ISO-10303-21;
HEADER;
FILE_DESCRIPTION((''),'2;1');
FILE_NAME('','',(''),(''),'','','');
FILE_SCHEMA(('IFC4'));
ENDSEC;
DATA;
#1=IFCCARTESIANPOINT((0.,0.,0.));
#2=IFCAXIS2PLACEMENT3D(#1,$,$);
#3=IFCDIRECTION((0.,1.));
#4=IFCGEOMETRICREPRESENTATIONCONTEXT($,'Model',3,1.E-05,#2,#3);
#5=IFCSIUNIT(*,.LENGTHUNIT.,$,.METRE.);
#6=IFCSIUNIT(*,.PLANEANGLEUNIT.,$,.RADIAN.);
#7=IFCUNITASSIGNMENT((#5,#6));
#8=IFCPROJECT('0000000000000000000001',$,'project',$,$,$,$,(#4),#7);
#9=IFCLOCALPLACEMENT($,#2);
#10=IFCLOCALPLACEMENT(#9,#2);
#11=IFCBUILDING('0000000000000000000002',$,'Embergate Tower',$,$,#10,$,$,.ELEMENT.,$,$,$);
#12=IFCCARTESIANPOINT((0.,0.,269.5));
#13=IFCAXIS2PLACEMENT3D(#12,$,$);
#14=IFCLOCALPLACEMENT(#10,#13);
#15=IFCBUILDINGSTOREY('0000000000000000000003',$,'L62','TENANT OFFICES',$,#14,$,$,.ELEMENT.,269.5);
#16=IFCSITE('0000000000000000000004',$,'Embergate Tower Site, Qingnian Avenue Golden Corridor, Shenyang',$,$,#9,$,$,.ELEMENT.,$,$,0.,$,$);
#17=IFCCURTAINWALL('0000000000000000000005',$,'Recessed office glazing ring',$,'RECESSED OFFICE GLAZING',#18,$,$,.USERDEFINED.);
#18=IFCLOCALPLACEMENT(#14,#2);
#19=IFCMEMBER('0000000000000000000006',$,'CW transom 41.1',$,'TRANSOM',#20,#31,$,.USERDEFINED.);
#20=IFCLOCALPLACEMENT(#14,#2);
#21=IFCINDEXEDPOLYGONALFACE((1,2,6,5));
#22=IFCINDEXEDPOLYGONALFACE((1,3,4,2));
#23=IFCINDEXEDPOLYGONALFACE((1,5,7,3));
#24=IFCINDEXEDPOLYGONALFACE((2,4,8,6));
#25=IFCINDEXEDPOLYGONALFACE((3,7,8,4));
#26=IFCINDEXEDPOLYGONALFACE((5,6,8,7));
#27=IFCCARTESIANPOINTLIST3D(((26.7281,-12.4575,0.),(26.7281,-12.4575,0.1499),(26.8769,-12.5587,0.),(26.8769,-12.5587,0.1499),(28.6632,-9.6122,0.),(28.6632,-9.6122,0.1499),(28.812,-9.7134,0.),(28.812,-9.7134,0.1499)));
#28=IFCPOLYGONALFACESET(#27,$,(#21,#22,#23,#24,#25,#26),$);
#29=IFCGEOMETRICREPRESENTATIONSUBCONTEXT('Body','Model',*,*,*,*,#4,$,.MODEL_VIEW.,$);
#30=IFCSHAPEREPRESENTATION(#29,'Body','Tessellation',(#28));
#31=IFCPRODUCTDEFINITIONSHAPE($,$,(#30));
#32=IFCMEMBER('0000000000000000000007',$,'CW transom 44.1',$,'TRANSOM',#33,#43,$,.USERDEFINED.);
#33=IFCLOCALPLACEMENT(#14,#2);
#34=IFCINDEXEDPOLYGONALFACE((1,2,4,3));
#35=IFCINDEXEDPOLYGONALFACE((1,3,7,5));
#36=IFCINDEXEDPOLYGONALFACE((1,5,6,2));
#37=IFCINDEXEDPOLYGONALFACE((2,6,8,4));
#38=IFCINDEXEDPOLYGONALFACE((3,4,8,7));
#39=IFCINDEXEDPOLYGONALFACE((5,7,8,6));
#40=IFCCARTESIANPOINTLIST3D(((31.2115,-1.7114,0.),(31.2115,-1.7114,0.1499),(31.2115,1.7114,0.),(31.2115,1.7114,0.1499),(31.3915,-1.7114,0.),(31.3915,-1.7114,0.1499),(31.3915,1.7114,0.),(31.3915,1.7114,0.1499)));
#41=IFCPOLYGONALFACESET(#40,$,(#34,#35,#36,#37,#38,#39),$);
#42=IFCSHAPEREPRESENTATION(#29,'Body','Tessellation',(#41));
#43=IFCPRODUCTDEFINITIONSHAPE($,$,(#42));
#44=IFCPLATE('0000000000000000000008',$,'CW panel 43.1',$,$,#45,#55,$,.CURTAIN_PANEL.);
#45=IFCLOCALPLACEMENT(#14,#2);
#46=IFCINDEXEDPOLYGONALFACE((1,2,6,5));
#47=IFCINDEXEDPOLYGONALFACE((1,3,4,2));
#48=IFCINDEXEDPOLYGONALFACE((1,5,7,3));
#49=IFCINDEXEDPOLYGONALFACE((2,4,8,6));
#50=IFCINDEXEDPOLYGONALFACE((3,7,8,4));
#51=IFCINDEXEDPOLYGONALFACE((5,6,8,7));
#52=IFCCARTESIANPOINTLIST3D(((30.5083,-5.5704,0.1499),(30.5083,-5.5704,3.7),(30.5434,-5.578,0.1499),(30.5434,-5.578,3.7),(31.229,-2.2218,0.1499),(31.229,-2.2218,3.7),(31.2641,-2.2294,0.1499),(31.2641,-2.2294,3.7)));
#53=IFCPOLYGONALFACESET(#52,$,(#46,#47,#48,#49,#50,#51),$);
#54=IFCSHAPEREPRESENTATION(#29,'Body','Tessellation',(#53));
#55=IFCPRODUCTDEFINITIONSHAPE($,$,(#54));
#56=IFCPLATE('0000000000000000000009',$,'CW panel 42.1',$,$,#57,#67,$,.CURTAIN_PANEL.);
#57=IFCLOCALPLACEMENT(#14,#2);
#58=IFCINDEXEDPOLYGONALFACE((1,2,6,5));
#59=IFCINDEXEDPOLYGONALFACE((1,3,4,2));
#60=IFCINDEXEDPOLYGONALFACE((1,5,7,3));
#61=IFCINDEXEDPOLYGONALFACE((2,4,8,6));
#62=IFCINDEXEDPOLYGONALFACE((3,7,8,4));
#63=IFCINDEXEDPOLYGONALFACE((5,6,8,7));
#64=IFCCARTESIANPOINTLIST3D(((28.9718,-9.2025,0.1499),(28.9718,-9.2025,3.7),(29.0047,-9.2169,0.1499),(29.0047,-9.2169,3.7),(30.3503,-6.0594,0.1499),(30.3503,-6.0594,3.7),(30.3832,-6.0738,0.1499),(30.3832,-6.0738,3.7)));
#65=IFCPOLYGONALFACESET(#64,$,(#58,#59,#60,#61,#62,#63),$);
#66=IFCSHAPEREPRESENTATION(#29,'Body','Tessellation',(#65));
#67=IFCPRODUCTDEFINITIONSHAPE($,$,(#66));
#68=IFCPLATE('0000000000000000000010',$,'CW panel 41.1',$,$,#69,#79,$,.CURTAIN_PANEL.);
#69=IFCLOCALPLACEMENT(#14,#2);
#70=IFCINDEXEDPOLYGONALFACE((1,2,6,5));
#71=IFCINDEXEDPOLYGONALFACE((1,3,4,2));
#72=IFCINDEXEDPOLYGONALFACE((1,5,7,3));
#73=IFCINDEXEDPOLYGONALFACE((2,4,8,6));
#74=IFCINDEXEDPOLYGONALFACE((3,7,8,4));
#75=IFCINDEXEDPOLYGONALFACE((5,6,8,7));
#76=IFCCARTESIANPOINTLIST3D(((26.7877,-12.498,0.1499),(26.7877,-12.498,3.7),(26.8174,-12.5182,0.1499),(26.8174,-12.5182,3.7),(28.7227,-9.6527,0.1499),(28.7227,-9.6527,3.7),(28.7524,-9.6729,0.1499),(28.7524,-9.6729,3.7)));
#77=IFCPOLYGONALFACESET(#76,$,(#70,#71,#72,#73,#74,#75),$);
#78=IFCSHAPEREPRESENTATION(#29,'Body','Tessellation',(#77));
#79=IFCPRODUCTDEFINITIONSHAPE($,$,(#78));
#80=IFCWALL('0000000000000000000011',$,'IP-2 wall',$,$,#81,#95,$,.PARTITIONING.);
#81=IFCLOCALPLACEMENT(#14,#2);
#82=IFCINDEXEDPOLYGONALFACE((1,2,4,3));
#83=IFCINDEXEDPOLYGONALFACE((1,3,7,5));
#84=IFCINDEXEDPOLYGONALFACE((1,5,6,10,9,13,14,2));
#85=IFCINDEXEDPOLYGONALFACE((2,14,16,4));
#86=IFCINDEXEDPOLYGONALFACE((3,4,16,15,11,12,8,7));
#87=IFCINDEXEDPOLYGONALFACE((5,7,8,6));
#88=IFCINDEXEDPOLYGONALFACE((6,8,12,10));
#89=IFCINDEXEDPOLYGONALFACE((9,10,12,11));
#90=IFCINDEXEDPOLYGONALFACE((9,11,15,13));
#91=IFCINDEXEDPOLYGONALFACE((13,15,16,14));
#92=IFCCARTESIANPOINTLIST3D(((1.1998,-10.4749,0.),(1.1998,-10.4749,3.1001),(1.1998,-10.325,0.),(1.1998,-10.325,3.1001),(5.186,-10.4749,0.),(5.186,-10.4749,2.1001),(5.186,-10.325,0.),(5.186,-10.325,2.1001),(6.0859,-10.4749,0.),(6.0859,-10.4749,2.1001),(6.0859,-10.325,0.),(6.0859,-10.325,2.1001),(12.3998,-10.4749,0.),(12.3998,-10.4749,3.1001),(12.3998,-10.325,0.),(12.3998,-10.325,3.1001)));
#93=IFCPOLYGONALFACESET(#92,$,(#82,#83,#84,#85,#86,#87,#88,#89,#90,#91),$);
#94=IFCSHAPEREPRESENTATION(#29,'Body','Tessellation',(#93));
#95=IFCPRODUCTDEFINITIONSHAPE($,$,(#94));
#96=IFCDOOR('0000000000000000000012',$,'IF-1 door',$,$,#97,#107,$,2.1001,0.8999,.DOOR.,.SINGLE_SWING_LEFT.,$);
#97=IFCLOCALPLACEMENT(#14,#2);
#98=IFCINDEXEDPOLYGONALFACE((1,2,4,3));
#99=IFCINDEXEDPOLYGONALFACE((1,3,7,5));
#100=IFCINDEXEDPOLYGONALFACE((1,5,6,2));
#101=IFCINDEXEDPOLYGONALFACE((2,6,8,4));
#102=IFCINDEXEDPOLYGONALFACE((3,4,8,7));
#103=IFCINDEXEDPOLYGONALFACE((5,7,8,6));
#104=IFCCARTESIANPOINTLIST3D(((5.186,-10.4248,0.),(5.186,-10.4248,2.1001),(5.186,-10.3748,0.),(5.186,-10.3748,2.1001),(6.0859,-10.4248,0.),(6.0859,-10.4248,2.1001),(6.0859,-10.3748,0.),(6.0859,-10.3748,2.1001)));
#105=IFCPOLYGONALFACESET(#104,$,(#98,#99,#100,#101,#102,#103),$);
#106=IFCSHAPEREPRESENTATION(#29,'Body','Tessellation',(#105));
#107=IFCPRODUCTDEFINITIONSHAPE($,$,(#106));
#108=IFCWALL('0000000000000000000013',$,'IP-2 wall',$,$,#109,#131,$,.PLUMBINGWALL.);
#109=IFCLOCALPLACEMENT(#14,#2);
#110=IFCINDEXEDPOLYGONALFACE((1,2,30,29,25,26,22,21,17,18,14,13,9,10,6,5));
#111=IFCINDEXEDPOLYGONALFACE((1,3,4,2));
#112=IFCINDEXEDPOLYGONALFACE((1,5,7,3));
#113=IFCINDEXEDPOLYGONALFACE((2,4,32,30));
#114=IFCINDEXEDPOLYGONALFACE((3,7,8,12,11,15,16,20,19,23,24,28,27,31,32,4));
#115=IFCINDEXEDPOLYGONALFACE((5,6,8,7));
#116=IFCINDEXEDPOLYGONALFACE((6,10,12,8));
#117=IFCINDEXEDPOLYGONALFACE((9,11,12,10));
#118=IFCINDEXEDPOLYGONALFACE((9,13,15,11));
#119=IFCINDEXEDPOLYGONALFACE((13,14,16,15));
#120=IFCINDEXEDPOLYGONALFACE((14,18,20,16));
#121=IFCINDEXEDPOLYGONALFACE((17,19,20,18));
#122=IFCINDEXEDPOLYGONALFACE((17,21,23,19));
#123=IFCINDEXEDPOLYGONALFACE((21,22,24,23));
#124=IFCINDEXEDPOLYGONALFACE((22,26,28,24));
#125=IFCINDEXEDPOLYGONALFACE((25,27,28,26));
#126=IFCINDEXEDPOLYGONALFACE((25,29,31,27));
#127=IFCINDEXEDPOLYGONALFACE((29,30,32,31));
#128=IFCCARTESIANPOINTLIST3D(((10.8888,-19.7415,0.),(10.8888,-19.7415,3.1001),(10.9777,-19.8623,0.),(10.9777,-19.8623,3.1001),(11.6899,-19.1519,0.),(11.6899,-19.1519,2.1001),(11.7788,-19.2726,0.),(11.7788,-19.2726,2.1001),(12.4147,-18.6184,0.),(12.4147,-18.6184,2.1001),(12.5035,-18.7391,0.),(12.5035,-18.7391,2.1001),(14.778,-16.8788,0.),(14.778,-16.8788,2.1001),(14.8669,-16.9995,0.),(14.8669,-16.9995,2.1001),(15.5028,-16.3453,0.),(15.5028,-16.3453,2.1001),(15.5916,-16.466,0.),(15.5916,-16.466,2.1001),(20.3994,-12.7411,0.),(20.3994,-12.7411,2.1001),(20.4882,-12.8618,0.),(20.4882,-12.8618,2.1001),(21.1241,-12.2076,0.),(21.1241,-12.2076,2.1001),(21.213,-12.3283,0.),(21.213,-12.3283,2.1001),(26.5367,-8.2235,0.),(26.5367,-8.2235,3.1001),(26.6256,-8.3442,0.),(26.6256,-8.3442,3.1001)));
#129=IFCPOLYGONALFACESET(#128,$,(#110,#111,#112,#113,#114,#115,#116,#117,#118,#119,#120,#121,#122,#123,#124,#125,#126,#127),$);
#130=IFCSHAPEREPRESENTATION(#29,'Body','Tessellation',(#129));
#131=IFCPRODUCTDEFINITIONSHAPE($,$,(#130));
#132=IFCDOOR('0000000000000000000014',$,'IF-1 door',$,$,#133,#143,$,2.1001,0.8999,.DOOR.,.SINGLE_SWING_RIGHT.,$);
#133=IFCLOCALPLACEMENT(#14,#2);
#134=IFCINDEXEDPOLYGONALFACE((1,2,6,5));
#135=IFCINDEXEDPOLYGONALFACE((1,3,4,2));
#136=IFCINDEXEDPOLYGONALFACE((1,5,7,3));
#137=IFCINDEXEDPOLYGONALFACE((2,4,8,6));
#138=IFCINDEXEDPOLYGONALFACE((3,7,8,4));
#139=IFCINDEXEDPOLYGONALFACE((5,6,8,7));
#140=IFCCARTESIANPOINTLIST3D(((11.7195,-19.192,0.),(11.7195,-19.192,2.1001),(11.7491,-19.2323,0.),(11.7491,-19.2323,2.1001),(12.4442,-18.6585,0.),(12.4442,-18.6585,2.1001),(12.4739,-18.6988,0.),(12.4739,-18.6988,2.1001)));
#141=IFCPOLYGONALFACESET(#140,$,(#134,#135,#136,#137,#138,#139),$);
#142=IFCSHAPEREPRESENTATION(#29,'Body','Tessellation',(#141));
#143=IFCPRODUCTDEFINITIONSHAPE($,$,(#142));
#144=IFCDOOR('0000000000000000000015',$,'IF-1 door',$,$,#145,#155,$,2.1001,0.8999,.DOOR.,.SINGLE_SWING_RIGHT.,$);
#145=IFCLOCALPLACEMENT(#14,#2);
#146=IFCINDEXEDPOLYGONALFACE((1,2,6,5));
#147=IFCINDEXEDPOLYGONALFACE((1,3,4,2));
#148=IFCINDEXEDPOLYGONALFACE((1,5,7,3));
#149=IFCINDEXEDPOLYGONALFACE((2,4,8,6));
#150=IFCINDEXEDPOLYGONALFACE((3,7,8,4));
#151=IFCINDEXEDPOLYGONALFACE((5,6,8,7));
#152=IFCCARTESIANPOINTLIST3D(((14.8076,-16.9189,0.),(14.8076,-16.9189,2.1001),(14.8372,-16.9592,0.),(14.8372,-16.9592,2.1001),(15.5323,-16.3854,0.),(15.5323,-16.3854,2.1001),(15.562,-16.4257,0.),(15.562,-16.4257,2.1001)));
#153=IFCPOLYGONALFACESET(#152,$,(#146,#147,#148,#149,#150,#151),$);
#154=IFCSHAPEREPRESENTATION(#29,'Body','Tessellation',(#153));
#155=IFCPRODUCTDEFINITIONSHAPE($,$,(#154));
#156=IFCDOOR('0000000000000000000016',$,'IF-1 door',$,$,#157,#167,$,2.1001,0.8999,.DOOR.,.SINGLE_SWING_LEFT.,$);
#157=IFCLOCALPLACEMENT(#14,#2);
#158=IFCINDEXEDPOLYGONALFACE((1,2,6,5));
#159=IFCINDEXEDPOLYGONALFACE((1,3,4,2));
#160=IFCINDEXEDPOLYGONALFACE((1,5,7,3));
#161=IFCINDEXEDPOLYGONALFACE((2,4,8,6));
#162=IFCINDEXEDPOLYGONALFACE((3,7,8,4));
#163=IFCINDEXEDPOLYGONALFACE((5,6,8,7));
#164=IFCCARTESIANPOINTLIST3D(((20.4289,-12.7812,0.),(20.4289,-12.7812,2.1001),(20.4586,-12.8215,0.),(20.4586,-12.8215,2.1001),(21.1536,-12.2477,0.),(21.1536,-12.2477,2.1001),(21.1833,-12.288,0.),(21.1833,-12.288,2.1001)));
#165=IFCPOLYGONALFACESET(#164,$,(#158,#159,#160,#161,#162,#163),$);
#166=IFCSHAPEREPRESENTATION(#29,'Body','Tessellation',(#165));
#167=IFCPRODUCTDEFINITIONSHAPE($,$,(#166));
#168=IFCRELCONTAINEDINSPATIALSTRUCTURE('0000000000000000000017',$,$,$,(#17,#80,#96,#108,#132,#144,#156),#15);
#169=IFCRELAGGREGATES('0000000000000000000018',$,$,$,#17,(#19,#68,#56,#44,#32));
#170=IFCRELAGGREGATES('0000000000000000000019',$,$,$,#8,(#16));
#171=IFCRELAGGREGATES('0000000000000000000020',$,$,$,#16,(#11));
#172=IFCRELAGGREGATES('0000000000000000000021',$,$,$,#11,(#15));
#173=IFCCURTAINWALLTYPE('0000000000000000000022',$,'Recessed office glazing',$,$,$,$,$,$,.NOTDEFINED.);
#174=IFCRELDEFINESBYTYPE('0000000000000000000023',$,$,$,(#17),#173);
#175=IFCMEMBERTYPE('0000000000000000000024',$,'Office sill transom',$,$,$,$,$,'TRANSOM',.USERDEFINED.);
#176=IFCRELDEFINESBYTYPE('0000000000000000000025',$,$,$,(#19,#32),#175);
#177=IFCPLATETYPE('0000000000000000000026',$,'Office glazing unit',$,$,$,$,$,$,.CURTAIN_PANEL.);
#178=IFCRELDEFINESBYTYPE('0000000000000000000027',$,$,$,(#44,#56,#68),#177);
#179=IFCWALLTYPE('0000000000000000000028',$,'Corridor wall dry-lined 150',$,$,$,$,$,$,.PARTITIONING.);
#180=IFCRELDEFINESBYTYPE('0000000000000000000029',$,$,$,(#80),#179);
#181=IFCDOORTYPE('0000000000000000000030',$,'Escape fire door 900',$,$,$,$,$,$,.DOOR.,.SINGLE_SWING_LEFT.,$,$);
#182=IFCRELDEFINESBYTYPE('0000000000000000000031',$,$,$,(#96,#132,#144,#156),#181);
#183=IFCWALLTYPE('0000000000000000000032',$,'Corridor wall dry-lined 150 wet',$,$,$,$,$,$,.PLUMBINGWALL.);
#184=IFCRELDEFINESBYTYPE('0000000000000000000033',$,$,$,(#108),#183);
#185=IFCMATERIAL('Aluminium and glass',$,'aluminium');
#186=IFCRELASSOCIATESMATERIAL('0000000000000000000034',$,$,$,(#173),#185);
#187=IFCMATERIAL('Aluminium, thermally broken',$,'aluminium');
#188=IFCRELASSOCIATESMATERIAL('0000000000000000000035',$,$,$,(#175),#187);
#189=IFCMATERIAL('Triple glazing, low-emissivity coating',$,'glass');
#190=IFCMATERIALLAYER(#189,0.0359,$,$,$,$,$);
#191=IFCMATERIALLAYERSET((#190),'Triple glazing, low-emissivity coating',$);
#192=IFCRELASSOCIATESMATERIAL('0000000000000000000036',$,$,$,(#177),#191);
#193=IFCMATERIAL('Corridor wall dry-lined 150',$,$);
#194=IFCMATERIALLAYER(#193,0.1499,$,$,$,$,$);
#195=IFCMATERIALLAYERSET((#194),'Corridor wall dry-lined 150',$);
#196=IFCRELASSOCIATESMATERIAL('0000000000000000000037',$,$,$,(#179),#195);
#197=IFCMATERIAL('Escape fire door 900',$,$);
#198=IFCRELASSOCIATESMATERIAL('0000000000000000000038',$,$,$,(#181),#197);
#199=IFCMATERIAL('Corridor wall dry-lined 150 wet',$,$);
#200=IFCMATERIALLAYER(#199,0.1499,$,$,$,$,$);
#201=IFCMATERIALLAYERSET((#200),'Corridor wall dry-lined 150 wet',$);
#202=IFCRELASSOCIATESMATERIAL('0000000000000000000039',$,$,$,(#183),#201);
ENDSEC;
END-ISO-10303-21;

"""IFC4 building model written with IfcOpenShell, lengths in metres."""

from ifc_helpers import new_model, si_unit, direction, frame, frame_2d, origin, origin_2d, place, context, subcontext, project, spatial, rectangle, extrude, source, transform, mapped, material, layer, layer_set, material_profile, profile_set, type_object, element, fill, aggregate, save


model = new_model("IFC4")

# Units and contexts
model_context = context("Model", 3, precision=1e-05, world=origin(), true_north=direction((0.0, 1.0)))
body_context = subcontext(model_context, "Body", "Model", "MODEL_VIEW")
ifc_project = project(units=[si_unit("LENGTHUNIT", "METRE"), si_unit("PLANEANGLEUNIT", "RADIAN")], contexts=[model_context])

# Site, building, storey
site_placement = place(None, origin())
site = spatial("IfcSite", under=ifc_project, at=site_placement, Name="Embergate Tower Site, Qingnian Avenue Golden Corridor, Shenyang", CompositionType="ELEMENT", RefElevation=0.0)
building_placement = place(site_placement, origin())
building = spatial("IfcBuilding", under=site, at=building_placement, Name="Embergate Tower", CompositionType="ELEMENT")
storey_placement = place(building_placement, frame((0.0, 0.0, 269.5)))
storey = spatial("IfcBuildingStorey", under=building, at=storey_placement, Name="L62", Description="TENANT OFFICES", CompositionType="ELEMENT", Elevation=269.5)

# Curtain wall, members, plates
ifc_material_1 = material(Name="Aluminium and glass", Category="aluminium")
curtain_wall_type = type_object("IfcCurtainWallType", Name="Recessed office glazing", PredefinedType="NOTDEFINED", material=ifc_material_1)
curtain_wall_placement = place(storey_placement, origin())
curtain_wall = element("IfcCurtainWall", 1, at=curtain_wall_placement, inside=storey, type_object=curtain_wall_type, Name="Recessed office glazing ring", ObjectType="RECESSED OFFICE GLAZING", PredefinedType="USERDEFINED")
ifc_material_2 = material(Name="Aluminium, thermally broken", Category="aluminium")
ifc_material_profile_1 = material_profile(ifc_material_2, rectangle(XDim=0.1799, YDim=0.1499, at=origin_2d()), Name="AL 150x180")
ifc_profile_set_1 = profile_set([ifc_material_profile_1], Name="Aluminium, thermally broken")
member_type_1 = type_object("IfcMemberType", Name="Office sill transom", ElementType="TRANSOM", PredefinedType="USERDEFINED", material=ifc_profile_set_1)
shared_shape_1 = source(origin(), body_context, "Body", "SweptSolid", [
    extrude(rectangle(XDim=0.1799, YDim=0.1499, at=origin_2d()), origin(), (0.0, 0.0, 1.0), 3.4409),
])
member_1_placement = place(storey_placement, frame((26.8025, -12.5081, 0.075), z_axis=(0.562372, 0.826884, 0.0), x_axis=(-0.826884, 0.562372, 0.0)))
member_1 = element("IfcMember", 2, at=member_1_placement, type_object=member_type_1, Name="CW transom 41.1", ObjectType="TRANSOM", PredefinedType="USERDEFINED", context=body_context, shape_type="MappedRepresentation", body=[
    mapped(shared_shape_1, transform((0.0, 0.0, 0.0))),
])
shared_shape_2 = source(origin(), body_context, "Body", "SweptSolid", [
    extrude(rectangle(XDim=0.1799, YDim=0.1499, at=origin_2d()), origin(), (0.0, 0.0, 1.0), 3.4229),
])
member_2_placement = place(storey_placement, frame((31.3015, -1.7114, 0.075), z_axis=(0.0, 1.0, 0.0), x_axis=(-1.0, 0.0, 0.0)))
member_2 = element("IfcMember", 3, at=member_2_placement, type_object=member_type_1, Name="CW transom 44.1", ObjectType="TRANSOM", PredefinedType="USERDEFINED", context=body_context, shape_type="MappedRepresentation", body=[
    mapped(shared_shape_2, transform((0.0, 0.0, 0.0))),
])
ifc_material_3 = material(Name="Triple glazing, low-emissivity coating", Category="glass")
ifc_layer_1 = layer(ifc_material_3, 0.0359)
ifc_layer_set_1 = layer_set([ifc_layer_1], Name="Triple glazing, low-emissivity coating")
plate_type = type_object("IfcPlateType", Name="Office glazing unit", PredefinedType="CURTAIN_PANEL", material=ifc_layer_set_1)
shared_shape_3 = source(origin(), body_context, "Body", "SweptSolid", [
    extrude(rectangle(XDim=3.4253, YDim=0.0359, at=origin_2d()), origin(), (0.0, 0.0, 1.0), 3.55),
])
plate_1_placement = place(storey_placement, frame((30.8862, -3.8999, 0.1499), z_axis=(0.0, 0.0, 1.0), x_axis=(0.210402, 0.977615, 0.0)))
plate_1 = element("IfcPlate", 4, at=plate_1_placement, type_object=plate_type, Name="CW panel 43.1", PredefinedType="CURTAIN_PANEL", context=body_context, shape_type="MappedRepresentation", body=[
    mapped(shared_shape_3, transform((0.0, 0.0, 0.0))),
])
shared_shape_4 = source(origin(), body_context, "Body", "SweptSolid", [
    extrude(rectangle(XDim=3.4321, YDim=0.0359, at=origin_2d()), origin(), (0.0, 0.0, 1.0), 3.55),
])
plate_2_placement = place(storey_placement, frame((29.6775, -7.6382, 0.1499), z_axis=(0.0, 0.0, 1.0), x_axis=(0.401658, 0.91579, 0.0)))
plate_2 = element("IfcPlate", 5, at=plate_2_placement, type_object=plate_type, Name="CW panel 42.1", PredefinedType="CURTAIN_PANEL", context=body_context, shape_type="MappedRepresentation", body=[
    mapped(shared_shape_4, transform((0.0, 0.0, 0.0))),
])
shared_shape_5 = source(origin(), body_context, "Body", "SweptSolid", [
    extrude(rectangle(XDim=3.4409, YDim=0.0359, at=origin_2d()), origin(), (0.0, 0.0, 1.0), 3.55),
])
plate_3_placement = place(storey_placement, frame((27.77, -11.0854, 0.1499), z_axis=(0.0, 0.0, 1.0), x_axis=(0.562349, 0.8269, 0.0)))
plate_3 = element("IfcPlate", 6, at=plate_3_placement, type_object=plate_type, Name="CW panel 41.1", PredefinedType="CURTAIN_PANEL", context=body_context, shape_type="MappedRepresentation", body=[
    mapped(shared_shape_5, transform((0.0, 0.0, 0.0))),
])
aggregate(curtain_wall, [member_1, plate_3, plate_2, plate_1, member_2])

# Wall, opening, door
ifc_material_4 = material(Name="Corridor wall dry-lined 150")
ifc_layer_2 = layer(ifc_material_4, 0.1499)
ifc_layer_set_2 = layer_set([ifc_layer_2], Name="Corridor wall dry-lined 150")
wall_type_1 = type_object("IfcWallType", Name="Corridor wall dry-lined 150", PredefinedType="PARTITIONING", material=ifc_layer_set_2)
shared_shape_6 = source(origin(), body_context, "Body", "SweptSolid", [
    extrude(rectangle(XDim=11.2, YDim=0.1499, at=frame_2d((5.6001, 0.0))), origin(), (0.0, 0.0, 1.0), 3.1001),
])
wall_1_placement = place(storey_placement, frame((12.3999, -10.3999, 0.0), z_axis=(0.0, 0.0, 1.0), x_axis=(-1.0, 0.0, 0.0)))
wall_1 = element("IfcWall", 7, at=wall_1_placement, inside=storey, type_object=wall_type_1, Name="IP-2 wall", PredefinedType="PARTITIONING", context=body_context, shape_type="MappedRepresentation", body=[
    mapped(shared_shape_6, transform((0.0, 0.0, 0.0))),
])
shared_shape_7 = source(origin(), body_context, "Body", "SweptSolid", [
    extrude(rectangle(XDim=0.8999, YDim=2.1001, at=frame_2d((0.45, 1.05))), frame((0.0, 0.085, 0.0), z_axis=(0.0, -1.0, 0.0), x_axis=(1.0, 0.0, 0.0)), (0.0, 0.0, 1.0), 0.1699),
])
opening_1_placement = place(wall_1_placement, frame((6.314, 0.0, 0.0)))
opening_1 = element("IfcOpeningElement", 8, at=opening_1_placement, cuts=wall_1, PredefinedType="OPENING", context=body_context, shape_type="MappedRepresentation", body=[
    mapped(shared_shape_7, transform((0.0, 0.0, 0.0))),
])
ifc_material_5 = material(Name="Escape fire door 900")
door_type = type_object("IfcDoorType", Name="Escape fire door 900", OperationType="SINGLE_SWING_LEFT", PredefinedType="DOOR", material=ifc_material_5)
shared_shape_8 = source(origin(), body_context, "Body", "SweptSolid", [
    extrude(rectangle(XDim=0.8999, YDim=2.1001, at=frame_2d((0.45, 1.05))), frame((0.0, 0.0249, 0.0), z_axis=(0.0, -1.0, 0.0), x_axis=(1.0, 0.0, 0.0)), (0.0, 0.0, 1.0), 0.05),
])
door_1_placement = place(opening_1_placement, origin())
door_1 = element("IfcDoor", 9, at=door_1_placement, inside=storey, type_object=door_type, Name="IF-1 door", OperationType="SINGLE_SWING_LEFT", OverallHeight=2.1001, OverallWidth=0.8999, PredefinedType="DOOR", context=body_context, shape_type="MappedRepresentation", body=[
    mapped(shared_shape_8, transform((0.0, 0.0, 0.0))),
])
fill(opening_1, door_1)

# Wall, openings, doors
ifc_material_6 = material(Name="Corridor wall dry-lined 150 wet")
ifc_layer_3 = layer(ifc_material_6, 0.1499)
ifc_layer_set_3 = layer_set([ifc_layer_3], Name="Corridor wall dry-lined 150 wet")
wall_type_2 = type_object("IfcWallType", Name="Corridor wall dry-lined 150 wet", PredefinedType="PLUMBINGWALL", material=ifc_layer_set_3)
shared_shape_9 = source(origin(), body_context, "Body", "SweptSolid", [
    extrude(rectangle(XDim=19.4299, YDim=0.1499, at=frame_2d((9.7148, 0.0))), origin(), (0.0, 0.0, 1.0), 3.1001),
])
wall_2_placement = place(storey_placement, frame((26.5811, -8.2839, 0.0), z_axis=(0.0, 0.0, 1.0), x_axis=(-0.805351, -0.592799, 0.0)))
wall_2 = element("IfcWall", 10, at=wall_2_placement, inside=storey, type_object=wall_type_2, Name="IP-2 wall", PredefinedType="PLUMBINGWALL", context=body_context, shape_type="MappedRepresentation", body=[
    mapped(shared_shape_9, transform((0.0, 0.0, 0.0))),
])
opening_2_placement = place(wall_2_placement, frame((17.5352, 0.0, 0.0)))
opening_2 = element("IfcOpeningElement", 11, at=opening_2_placement, cuts=wall_2, PredefinedType="OPENING", context=body_context, shape_type="MappedRepresentation", body=[
    mapped(shared_shape_7, transform((0.0, 0.0, 0.0))),
])
opening_3_placement = place(wall_2_placement, frame((13.7007, 0.0, 0.0)))
opening_3 = element("IfcOpeningElement", 12, at=opening_3_placement, cuts=wall_2, PredefinedType="OPENING", context=body_context, shape_type="MappedRepresentation", body=[
    mapped(shared_shape_7, transform((0.0, 0.0, 0.0))),
])
opening_4_placement = place(wall_2_placement, frame((6.7207, 0.0, 0.0)))
opening_4 = element("IfcOpeningElement", 13, at=opening_4_placement, cuts=wall_2, PredefinedType="OPENING", context=body_context, shape_type="MappedRepresentation", body=[
    mapped(shared_shape_7, transform((0.0, 0.0, 0.0))),
])
door_2_placement = place(opening_2_placement, origin())
door_2 = element("IfcDoor", 14, at=door_2_placement, inside=storey, type_object=door_type, Name="IF-1 door", OperationType="SINGLE_SWING_RIGHT", OverallHeight=2.1001, OverallWidth=0.8999, PredefinedType="DOOR", context=body_context, shape_type="MappedRepresentation", body=[
    mapped(shared_shape_8, transform((0.0, 0.0, 0.0))),
])
fill(opening_2, door_2)
door_3_placement = place(opening_3_placement, origin())
door_3 = element("IfcDoor", 15, at=door_3_placement, inside=storey, type_object=door_type, Name="IF-1 door", OperationType="SINGLE_SWING_RIGHT", OverallHeight=2.1001, OverallWidth=0.8999, PredefinedType="DOOR", context=body_context, shape_type="MappedRepresentation", body=[
    mapped(shared_shape_8, transform((0.0, 0.0, 0.0))),
])
fill(opening_3, door_3)
door_4_placement = place(opening_4_placement, origin())
door_4 = element("IfcDoor", 16, at=door_4_placement, inside=storey, type_object=door_type, Name="IF-1 door", OperationType="SINGLE_SWING_LEFT", OverallHeight=2.1001, OverallWidth=0.8999, PredefinedType="DOOR", context=body_context, shape_type="MappedRepresentation", body=[
    mapped(shared_shape_8, transform((0.0, 0.0, 0.0))),
])
fill(opening_4, door_4)

save(model, "model.ifc")
